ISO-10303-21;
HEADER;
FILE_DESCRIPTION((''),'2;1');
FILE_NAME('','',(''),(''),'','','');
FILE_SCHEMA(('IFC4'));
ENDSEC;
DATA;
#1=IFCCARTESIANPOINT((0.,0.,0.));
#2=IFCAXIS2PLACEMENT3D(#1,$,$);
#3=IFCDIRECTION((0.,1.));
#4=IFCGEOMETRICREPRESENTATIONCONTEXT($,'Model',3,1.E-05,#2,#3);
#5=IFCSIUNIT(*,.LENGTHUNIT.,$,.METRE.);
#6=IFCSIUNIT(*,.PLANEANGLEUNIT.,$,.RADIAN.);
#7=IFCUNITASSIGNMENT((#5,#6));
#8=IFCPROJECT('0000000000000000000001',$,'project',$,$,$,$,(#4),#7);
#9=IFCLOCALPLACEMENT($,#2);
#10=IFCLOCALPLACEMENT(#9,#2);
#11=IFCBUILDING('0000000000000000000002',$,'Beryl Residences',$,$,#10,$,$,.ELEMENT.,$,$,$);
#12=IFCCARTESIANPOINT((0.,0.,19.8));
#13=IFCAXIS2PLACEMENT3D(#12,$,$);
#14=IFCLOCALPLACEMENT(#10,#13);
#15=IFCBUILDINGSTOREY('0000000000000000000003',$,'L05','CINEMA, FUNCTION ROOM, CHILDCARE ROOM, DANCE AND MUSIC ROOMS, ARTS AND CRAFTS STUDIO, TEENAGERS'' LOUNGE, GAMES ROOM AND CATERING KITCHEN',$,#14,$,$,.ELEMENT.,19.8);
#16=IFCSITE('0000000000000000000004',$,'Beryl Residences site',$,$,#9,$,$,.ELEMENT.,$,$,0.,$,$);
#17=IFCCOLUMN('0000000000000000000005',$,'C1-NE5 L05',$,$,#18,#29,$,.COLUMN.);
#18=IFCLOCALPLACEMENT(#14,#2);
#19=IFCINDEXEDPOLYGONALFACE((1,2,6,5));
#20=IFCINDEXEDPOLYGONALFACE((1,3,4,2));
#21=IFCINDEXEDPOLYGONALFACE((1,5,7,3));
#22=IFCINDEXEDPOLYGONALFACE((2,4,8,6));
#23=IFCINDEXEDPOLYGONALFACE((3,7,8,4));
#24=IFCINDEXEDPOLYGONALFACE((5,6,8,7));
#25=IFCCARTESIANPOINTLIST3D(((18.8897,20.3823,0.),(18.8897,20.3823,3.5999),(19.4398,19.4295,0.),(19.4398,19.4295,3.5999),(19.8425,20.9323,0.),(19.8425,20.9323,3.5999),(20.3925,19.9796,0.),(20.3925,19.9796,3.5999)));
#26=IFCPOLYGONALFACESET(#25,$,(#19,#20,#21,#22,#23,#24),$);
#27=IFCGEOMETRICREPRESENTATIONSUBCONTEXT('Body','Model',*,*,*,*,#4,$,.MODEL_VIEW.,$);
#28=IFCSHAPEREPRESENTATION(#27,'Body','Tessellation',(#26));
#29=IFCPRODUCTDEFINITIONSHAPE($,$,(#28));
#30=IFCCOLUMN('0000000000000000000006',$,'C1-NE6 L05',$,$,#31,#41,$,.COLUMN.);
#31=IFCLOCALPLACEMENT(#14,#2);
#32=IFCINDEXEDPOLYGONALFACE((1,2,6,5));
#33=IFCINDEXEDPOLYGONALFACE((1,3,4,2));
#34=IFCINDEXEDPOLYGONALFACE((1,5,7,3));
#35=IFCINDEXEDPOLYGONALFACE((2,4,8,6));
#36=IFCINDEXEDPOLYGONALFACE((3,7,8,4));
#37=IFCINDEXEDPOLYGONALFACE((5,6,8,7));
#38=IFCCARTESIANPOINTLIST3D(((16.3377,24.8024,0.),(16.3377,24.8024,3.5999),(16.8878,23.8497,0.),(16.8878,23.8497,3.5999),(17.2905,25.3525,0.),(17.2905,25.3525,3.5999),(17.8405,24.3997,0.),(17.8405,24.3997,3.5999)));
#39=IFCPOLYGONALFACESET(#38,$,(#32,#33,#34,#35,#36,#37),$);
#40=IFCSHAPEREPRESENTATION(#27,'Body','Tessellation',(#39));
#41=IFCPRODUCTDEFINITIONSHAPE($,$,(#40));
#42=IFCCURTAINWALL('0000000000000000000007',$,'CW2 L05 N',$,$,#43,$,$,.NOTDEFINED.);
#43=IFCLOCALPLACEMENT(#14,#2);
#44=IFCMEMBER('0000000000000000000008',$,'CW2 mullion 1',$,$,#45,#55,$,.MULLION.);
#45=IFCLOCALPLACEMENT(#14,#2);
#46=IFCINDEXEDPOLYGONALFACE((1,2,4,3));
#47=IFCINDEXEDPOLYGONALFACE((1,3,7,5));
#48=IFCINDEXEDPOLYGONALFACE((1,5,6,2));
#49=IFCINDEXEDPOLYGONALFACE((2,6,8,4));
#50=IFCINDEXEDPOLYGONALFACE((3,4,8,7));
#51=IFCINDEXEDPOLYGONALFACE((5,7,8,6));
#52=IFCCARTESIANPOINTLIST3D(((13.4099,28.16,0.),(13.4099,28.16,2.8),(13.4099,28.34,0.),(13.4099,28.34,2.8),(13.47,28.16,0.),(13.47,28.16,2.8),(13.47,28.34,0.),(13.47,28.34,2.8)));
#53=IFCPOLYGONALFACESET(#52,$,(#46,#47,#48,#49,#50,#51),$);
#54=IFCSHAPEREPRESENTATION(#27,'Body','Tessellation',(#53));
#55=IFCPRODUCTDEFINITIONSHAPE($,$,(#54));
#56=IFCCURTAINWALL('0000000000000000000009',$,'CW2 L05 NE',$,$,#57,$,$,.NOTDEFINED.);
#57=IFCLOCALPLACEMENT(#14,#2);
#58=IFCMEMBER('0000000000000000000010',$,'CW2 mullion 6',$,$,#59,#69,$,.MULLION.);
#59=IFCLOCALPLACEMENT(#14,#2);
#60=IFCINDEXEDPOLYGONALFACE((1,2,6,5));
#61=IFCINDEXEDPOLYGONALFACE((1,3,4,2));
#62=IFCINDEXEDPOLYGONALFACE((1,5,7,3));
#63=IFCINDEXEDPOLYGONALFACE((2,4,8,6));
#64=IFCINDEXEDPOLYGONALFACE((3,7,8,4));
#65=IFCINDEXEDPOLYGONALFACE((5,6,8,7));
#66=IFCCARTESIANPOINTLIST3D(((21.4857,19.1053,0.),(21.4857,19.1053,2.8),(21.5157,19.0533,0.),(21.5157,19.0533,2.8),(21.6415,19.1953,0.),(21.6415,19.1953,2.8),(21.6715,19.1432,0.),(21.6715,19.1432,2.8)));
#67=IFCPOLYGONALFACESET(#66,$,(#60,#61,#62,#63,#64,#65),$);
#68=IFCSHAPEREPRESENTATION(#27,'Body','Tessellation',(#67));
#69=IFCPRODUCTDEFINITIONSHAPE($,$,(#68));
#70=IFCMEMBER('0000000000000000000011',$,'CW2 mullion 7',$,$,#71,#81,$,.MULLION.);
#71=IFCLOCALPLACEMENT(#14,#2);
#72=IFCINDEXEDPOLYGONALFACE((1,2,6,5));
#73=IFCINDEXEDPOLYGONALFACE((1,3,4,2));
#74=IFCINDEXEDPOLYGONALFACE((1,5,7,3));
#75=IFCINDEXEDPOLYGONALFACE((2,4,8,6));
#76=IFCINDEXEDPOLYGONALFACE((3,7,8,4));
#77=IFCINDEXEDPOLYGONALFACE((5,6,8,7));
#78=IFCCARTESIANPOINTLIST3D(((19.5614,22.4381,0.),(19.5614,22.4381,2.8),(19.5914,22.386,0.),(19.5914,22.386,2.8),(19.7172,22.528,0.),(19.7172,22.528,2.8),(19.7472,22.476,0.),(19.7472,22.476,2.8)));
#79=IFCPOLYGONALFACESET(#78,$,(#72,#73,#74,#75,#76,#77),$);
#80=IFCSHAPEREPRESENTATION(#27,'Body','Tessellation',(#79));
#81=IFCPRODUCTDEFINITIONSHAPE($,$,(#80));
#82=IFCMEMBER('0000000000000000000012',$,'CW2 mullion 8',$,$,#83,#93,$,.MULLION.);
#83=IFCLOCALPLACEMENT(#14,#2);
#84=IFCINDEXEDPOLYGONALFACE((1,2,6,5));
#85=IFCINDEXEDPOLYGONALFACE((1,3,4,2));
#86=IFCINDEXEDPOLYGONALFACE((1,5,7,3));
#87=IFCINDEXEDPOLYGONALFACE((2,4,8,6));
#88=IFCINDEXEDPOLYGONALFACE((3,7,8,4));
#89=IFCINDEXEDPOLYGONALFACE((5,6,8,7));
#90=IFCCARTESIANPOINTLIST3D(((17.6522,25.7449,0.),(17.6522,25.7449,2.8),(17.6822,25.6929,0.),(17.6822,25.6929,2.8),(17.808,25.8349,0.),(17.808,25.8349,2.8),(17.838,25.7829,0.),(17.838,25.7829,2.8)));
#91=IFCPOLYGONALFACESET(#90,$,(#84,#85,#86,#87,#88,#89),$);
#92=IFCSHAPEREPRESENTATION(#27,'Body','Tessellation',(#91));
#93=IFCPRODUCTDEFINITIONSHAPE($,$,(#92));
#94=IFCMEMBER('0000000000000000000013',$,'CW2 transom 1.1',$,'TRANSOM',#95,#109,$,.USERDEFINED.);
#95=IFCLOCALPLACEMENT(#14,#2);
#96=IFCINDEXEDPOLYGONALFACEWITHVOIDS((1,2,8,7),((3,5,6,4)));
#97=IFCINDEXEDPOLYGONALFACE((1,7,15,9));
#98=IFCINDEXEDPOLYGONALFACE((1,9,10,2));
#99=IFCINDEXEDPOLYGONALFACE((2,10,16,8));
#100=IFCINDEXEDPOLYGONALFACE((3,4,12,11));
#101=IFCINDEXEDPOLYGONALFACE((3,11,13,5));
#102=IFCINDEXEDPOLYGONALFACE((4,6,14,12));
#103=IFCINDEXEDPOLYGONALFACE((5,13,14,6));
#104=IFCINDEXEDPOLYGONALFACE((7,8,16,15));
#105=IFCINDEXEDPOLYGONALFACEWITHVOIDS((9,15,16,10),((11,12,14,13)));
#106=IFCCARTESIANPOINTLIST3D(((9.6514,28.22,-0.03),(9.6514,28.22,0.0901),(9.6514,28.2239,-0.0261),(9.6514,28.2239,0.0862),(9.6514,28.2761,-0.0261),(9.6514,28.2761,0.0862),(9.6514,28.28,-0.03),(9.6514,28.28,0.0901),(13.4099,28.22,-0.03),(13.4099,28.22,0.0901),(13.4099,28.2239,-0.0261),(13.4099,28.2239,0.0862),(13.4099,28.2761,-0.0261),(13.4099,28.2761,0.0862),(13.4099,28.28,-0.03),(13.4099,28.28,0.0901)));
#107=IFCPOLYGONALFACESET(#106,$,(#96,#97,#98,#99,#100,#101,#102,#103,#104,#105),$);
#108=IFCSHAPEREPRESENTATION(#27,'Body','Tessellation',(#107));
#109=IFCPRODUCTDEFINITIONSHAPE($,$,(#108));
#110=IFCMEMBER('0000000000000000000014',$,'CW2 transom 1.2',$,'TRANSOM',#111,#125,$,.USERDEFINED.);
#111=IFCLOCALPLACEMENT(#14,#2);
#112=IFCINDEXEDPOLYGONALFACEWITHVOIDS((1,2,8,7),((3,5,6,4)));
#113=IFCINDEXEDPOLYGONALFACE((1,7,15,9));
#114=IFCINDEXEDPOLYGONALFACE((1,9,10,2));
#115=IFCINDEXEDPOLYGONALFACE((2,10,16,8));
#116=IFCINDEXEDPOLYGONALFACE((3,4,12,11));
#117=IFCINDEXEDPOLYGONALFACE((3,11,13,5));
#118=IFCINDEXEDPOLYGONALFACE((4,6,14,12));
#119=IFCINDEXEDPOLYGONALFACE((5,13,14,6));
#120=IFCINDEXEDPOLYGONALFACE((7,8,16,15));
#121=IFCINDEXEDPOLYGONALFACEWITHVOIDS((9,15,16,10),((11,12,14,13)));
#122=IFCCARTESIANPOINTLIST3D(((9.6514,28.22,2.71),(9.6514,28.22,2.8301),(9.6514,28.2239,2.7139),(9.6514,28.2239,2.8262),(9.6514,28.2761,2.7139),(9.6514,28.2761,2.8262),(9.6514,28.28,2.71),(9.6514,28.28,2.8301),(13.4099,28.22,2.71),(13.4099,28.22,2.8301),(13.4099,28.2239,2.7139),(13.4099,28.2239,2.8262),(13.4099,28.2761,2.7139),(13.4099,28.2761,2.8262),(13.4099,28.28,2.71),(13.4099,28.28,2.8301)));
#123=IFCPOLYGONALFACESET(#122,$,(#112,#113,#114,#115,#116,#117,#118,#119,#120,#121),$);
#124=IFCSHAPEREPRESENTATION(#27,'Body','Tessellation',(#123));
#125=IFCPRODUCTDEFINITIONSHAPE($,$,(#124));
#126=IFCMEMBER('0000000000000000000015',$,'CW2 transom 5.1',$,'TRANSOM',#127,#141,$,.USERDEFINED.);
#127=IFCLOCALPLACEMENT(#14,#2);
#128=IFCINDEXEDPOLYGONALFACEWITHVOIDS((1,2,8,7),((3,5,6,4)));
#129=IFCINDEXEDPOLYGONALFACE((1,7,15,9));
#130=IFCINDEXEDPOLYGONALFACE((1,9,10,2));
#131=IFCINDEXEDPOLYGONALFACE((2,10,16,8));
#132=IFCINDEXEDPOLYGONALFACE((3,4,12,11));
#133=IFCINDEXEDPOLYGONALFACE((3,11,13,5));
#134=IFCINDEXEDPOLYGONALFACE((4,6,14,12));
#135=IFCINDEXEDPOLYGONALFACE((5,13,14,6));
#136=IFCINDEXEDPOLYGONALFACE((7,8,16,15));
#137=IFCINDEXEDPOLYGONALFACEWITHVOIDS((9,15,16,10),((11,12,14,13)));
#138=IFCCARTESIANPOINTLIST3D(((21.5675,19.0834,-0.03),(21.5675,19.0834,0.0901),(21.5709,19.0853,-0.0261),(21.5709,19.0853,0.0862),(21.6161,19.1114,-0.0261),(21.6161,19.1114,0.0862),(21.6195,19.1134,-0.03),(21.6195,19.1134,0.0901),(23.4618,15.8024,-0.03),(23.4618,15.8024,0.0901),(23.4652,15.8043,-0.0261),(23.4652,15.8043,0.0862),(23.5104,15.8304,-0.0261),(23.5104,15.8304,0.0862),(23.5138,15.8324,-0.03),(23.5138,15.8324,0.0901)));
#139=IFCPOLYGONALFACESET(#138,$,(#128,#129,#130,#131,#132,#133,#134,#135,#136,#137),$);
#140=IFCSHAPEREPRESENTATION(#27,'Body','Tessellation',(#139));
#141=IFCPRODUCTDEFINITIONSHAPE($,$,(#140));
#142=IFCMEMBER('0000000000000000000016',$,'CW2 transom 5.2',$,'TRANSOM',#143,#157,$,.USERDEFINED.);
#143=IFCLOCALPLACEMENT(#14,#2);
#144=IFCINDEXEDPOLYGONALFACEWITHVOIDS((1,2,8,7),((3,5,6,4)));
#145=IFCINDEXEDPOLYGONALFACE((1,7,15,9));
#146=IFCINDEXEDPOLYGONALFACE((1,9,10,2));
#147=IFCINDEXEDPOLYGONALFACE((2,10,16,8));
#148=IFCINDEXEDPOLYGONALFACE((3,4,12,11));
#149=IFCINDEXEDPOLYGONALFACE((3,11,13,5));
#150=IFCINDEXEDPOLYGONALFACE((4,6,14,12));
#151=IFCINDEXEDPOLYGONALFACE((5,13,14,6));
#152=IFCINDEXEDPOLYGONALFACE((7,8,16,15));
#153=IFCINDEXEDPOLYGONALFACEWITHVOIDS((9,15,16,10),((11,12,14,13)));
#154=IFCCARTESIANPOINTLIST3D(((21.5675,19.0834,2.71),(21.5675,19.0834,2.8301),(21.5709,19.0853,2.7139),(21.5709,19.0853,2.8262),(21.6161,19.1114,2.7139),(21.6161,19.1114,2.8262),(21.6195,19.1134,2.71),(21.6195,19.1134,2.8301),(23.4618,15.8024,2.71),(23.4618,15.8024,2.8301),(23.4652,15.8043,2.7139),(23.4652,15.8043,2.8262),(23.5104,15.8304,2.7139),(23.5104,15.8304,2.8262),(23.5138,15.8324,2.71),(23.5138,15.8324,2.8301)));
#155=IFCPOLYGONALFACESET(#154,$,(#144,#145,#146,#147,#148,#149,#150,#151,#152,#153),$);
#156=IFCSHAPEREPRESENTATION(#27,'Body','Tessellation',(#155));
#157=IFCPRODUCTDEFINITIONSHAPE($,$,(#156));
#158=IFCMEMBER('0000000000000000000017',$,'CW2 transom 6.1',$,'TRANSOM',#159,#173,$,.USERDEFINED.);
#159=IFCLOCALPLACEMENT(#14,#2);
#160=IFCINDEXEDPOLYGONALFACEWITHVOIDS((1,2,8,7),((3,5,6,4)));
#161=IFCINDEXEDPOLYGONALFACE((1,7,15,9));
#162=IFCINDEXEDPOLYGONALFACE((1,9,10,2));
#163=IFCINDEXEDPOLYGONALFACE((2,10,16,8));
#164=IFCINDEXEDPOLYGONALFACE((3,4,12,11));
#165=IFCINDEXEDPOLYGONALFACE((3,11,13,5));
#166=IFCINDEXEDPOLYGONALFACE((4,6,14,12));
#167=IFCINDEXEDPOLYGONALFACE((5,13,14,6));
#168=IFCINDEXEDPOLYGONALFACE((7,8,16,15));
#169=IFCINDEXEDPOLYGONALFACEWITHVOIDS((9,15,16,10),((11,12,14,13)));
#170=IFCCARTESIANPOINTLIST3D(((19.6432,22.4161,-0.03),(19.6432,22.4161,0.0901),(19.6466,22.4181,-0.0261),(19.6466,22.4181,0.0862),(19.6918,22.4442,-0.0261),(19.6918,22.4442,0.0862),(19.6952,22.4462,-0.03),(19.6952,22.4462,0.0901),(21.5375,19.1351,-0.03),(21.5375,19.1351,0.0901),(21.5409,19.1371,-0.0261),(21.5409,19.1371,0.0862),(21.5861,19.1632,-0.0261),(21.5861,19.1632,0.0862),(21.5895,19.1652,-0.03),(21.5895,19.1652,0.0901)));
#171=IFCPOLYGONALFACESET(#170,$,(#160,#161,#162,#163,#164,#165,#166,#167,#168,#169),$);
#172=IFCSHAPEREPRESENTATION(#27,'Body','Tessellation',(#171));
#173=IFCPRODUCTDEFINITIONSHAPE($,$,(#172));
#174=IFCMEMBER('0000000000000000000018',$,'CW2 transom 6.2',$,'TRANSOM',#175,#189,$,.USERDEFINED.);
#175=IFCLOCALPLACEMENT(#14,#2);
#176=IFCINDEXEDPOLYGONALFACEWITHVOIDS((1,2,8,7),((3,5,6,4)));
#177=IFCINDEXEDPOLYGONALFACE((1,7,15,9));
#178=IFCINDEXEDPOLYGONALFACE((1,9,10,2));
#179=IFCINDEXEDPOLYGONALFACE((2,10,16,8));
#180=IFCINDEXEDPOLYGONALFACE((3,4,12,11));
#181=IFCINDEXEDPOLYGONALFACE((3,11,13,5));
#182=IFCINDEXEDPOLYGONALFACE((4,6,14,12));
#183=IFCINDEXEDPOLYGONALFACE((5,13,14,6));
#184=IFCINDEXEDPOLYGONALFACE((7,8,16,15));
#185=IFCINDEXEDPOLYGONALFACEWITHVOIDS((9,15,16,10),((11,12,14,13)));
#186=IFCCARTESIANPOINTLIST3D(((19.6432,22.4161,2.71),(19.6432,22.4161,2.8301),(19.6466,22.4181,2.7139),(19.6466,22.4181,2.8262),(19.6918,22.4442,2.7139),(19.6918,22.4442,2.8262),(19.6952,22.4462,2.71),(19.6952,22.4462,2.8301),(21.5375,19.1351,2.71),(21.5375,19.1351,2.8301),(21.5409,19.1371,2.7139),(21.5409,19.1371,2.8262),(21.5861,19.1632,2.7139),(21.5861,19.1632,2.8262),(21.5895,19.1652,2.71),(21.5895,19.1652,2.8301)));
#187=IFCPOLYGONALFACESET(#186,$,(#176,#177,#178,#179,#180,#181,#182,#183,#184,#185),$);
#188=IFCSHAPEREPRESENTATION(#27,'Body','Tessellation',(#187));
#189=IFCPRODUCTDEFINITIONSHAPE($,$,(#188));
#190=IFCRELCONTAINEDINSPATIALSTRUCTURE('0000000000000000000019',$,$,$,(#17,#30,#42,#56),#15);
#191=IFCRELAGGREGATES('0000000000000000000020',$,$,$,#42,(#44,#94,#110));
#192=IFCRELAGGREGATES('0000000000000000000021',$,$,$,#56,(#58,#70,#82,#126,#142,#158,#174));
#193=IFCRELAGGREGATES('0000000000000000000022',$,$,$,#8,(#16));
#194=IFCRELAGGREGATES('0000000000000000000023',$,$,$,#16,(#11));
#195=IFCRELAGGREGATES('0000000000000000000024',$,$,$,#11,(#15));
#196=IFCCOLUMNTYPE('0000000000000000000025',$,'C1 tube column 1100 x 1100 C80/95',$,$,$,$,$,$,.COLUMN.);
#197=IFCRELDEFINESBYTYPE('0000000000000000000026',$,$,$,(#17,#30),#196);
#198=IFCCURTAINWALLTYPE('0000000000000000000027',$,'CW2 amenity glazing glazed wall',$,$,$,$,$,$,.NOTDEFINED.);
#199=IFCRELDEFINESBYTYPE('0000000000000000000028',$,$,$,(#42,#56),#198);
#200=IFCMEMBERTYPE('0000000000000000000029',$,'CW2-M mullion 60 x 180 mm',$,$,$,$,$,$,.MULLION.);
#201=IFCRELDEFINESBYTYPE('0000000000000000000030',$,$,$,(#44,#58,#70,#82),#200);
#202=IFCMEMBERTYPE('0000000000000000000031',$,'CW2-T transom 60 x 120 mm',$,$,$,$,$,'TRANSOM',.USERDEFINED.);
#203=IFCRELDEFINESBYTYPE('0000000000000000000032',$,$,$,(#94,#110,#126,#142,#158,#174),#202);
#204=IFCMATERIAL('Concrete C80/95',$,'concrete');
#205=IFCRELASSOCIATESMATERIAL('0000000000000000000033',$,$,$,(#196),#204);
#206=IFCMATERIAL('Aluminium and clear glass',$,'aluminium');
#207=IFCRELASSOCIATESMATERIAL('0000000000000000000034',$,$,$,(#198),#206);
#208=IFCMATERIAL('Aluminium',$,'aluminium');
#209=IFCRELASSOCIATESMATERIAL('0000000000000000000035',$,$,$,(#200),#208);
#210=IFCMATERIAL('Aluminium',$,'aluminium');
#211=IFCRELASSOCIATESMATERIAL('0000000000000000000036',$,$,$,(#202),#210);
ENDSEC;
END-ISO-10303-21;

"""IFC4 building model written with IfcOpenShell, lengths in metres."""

from ifc_helpers import new_model, si_unit, direction, frame, origin, origin_2d, place, context, subcontext, project, spatial, rectangle, hollow_rectangle, extrude, material, material_profile, profile_set, type_object, element, aggregate, save


model = new_model("IFC4")

# Units and contexts
model_context = context("Model", 3, precision=1e-05, world=origin(), true_north=direction((0.0, 1.0)))
body_context = subcontext(model_context, "Body", "Model", "MODEL_VIEW")
ifc_project = project(units=[si_unit("LENGTHUNIT", "METRE"), si_unit("PLANEANGLEUNIT", "RADIAN")], contexts=[model_context])

# Site, building, storey
site_placement = place(None, origin())
site = spatial("IfcSite", under=ifc_project, at=site_placement, Name="Beryl Residences site", CompositionType="ELEMENT", RefElevation=0.0)
building_placement = place(site_placement, origin())
building = spatial("IfcBuilding", under=site, at=building_placement, Name="Beryl Residences", CompositionType="ELEMENT")
storey_placement = place(building_placement, frame((0.0, 0.0, 19.8)))
storey = spatial("IfcBuildingStorey", under=building, at=storey_placement, Name="L05", Description="CINEMA, FUNCTION ROOM, CHILDCARE ROOM, DANCE AND MUSIC ROOMS, ARTS AND CRAFTS STUDIO, TEENAGERS' LOUNGE, GAMES ROOM AND CATERING KITCHEN", CompositionType="ELEMENT", Elevation=19.8)

# Columns
ifc_material_1 = material(Name="Concrete C80/95", Category="concrete")
ifc_material_profile_1 = material_profile(ifc_material_1, rectangle(XDim=1.1001, YDim=1.1001, at=origin_2d()))
ifc_profile_set_1 = profile_set([ifc_material_profile_1], Name="Concrete C80/95")
column_type = type_object("IfcColumnType", Name="C1 tube column 1100 x 1100 C80/95", PredefinedType="COLUMN", material=ifc_profile_set_1)
for number, where, z_axis, x_axis, name in (
    (1, (19.6411, 20.1809, 0.0), (0.0, 0.0, 1.0), (-0.499985, 0.866034, 0.0), "C1-NE5 L05"),
    (2, (17.0891, 24.6011, 0.0), (0.0, 0.0, 1.0), (-0.499985, 0.866034, 0.0), "C1-NE6 L05"),
):
    element("IfcColumn", number, at=place(storey_placement, frame(where, z_axis=z_axis, x_axis=x_axis)), inside=storey, type_object=column_type, Name=name, PredefinedType="COLUMN", context=body_context, shape_type="SweptSolid", body=[
        extrude(rectangle(XDim=1.1001, YDim=1.1001, at=origin_2d()), origin(), (0.0, 0.0, 1.0), 3.5999),
    ])

# Curtain wall, member
ifc_material_2 = material(Name="Aluminium and clear glass", Category="aluminium")
curtain_wall_type = type_object("IfcCurtainWallType", Name="CW2 amenity glazing glazed wall", PredefinedType="NOTDEFINED", material=ifc_material_2)
curtain_wall_1_placement = place(storey_placement, origin())
curtain_wall_1 = element("IfcCurtainWall", 3, at=curtain_wall_1_placement, inside=storey, type_object=curtain_wall_type, Name="CW2 L05 N", PredefinedType="NOTDEFINED")
ifc_material_3 = material(Name="Aluminium", Category="aluminium")
ifc_material_profile_2 = material_profile(ifc_material_3, rectangle(XDim=0.0601, YDim=0.1799, at=origin_2d()))
ifc_profile_set_2 = profile_set([ifc_material_profile_2], Name="Aluminium")
member_type_1 = type_object("IfcMemberType", Name="CW2-M mullion 60 x 180 mm", PredefinedType="MULLION", material=ifc_profile_set_2)
member_1_placement = place(storey_placement, frame((13.4399, 28.25, 0.0), z_axis=(0.0, 0.0, 1.0), x_axis=(-1.0, 0.0, 0.0)))
member_1 = element("IfcMember", 4, at=member_1_placement, type_object=member_type_1, Name="CW2 mullion 1", PredefinedType="MULLION", context=body_context, shape_type="SweptSolid", body=[
    extrude(rectangle(XDim=0.0601, YDim=0.1799, at=origin_2d()), origin(), (0.0, 0.0, 1.0), 2.8),
])

# Curtain wall, members
curtain_wall_2_placement = place(storey_placement, origin())
curtain_wall_2 = element("IfcCurtainWall", 5, at=curtain_wall_2_placement, inside=storey, type_object=curtain_wall_type, Name="CW2 L05 NE", PredefinedType="NOTDEFINED")
member_2_placement = place(storey_placement, frame((21.5786, 19.1243, 0.0), z_axis=(0.0, 0.0, 1.0), x_axis=(-0.500012, 0.866019, 0.0)))
member_2 = element("IfcMember", 6, at=member_2_placement, type_object=member_type_1, Name="CW2 mullion 6", PredefinedType="MULLION", context=body_context, shape_type="SweptSolid", body=[
    extrude(rectangle(XDim=0.0601, YDim=0.1799, at=origin_2d()), origin(), (0.0, 0.0, 1.0), 2.8),
])
member_3_placement = place(storey_placement, frame((19.6543, 22.457, 0.0), z_axis=(0.0, 0.0, 1.0), x_axis=(-0.500012, 0.866019, 0.0)))
member_3 = element("IfcMember", 7, at=member_3_placement, type_object=member_type_1, Name="CW2 mullion 7", PredefinedType="MULLION", context=body_context, shape_type="SweptSolid", body=[
    extrude(rectangle(XDim=0.0601, YDim=0.1799, at=origin_2d()), origin(), (0.0, 0.0, 1.0), 2.8),
])
member_4_placement = place(storey_placement, frame((17.7451, 25.7639, 0.0), z_axis=(0.0, 0.0, 1.0), x_axis=(-0.500012, 0.866019, 0.0)))
member_4 = element("IfcMember", 8, at=member_4_placement, type_object=member_type_1, Name="CW2 mullion 8", PredefinedType="MULLION", context=body_context, shape_type="SweptSolid", body=[
    extrude(rectangle(XDim=0.0601, YDim=0.1799, at=origin_2d()), origin(), (0.0, 0.0, 1.0), 2.8),
])

# Members
ifc_material_4 = material(Name="Aluminium", Category="aluminium")
ifc_material_profile_3 = material_profile(ifc_material_4, hollow_rectangle(XDim=0.0601, YDim=0.1201, WallThickness=0.0039, at=origin_2d()))
ifc_profile_set_3 = profile_set([ifc_material_profile_3], Name="Aluminium")
member_type_2 = type_object("IfcMemberType", Name="CW2-T transom 60 x 120 mm", ElementType="TRANSOM", PredefinedType="USERDEFINED", material=ifc_profile_set_3)
member_5_placement = place(storey_placement, frame((13.4099, 28.25, 0.03), z_axis=(-1.0, 0.0, 0.0), x_axis=(0.0, -1.0, 0.0)))
member_5 = element("IfcMember", 9, at=member_5_placement, type_object=member_type_2, Name="CW2 transom 1.1", ObjectType="TRANSOM", PredefinedType="USERDEFINED", context=body_context, shape_type="SweptSolid", body=[
    extrude(hollow_rectangle(XDim=0.0601, YDim=0.1201, WallThickness=0.0039, at=origin_2d()), origin(), (0.0, 0.0, 1.0), 3.7585),
])
member_6_placement = place(storey_placement, frame((13.4099, 28.25, 2.77), z_axis=(-1.0, 0.0, 0.0), x_axis=(0.0, -1.0, 0.0)))
member_6 = element("IfcMember", 10, at=member_6_placement, type_object=member_type_2, Name="CW2 transom 1.2", ObjectType="TRANSOM", PredefinedType="USERDEFINED", context=body_context, shape_type="SweptSolid", body=[
    extrude(hollow_rectangle(XDim=0.0601, YDim=0.1201, WallThickness=0.0039, at=origin_2d()), origin(), (0.0, 0.0, 1.0), 3.7585),
])
aggregate(curtain_wall_1, [member_1, member_5, member_6])
member_7_placement = place(storey_placement, frame((23.4878, 15.8174, 0.03), z_axis=(-0.5, 0.866026, 0.0), x_axis=(-0.866026, -0.5, 0.0)))
member_7 = element("IfcMember", 11, at=member_7_placement, type_object=member_type_2, Name="CW2 transom 5.1", ObjectType="TRANSOM", PredefinedType="USERDEFINED", context=body_context, shape_type="SweptSolid", body=[
    extrude(hollow_rectangle(XDim=0.0601, YDim=0.1201, WallThickness=0.0039, at=origin_2d()), origin(), (0.0, 0.0, 1.0), 3.7886),
])
member_8_placement = place(storey_placement, frame((23.4878, 15.8174, 2.77), z_axis=(-0.5, 0.866026, 0.0), x_axis=(-0.866026, -0.5, 0.0)))
member_8 = element("IfcMember", 12, at=member_8_placement, type_object=member_type_2, Name="CW2 transom 5.2", ObjectType="TRANSOM", PredefinedType="USERDEFINED", context=body_context, shape_type="SweptSolid", body=[
    extrude(hollow_rectangle(XDim=0.0601, YDim=0.1201, WallThickness=0.0039, at=origin_2d()), origin(), (0.0, 0.0, 1.0), 3.7886),
])
member_9_placement = place(storey_placement, frame((21.5635, 19.1501, 0.03), z_axis=(-0.5, 0.866026, 0.0), x_axis=(-0.866026, -0.5, 0.0)))
member_9 = element("IfcMember", 13, at=member_9_placement, type_object=member_type_2, Name="CW2 transom 6.1", ObjectType="TRANSOM", PredefinedType="USERDEFINED", context=body_context, shape_type="SweptSolid", body=[
    extrude(hollow_rectangle(XDim=0.0601, YDim=0.1201, WallThickness=0.0039, at=origin_2d()), origin(), (0.0, 0.0, 1.0), 3.7886),
])
member_10_placement = place(storey_placement, frame((21.5635, 19.1501, 2.77), z_axis=(-0.5, 0.866026, 0.0), x_axis=(-0.866026, -0.5, 0.0)))
member_10 = element("IfcMember", 14, at=member_10_placement, type_object=member_type_2, Name="CW2 transom 6.2", ObjectType="TRANSOM", PredefinedType="USERDEFINED", context=body_context, shape_type="SweptSolid", body=[
    extrude(hollow_rectangle(XDim=0.0601, YDim=0.1201, WallThickness=0.0039, at=origin_2d()), origin(), (0.0, 0.0, 1.0), 3.7886),
])

aggregate(curtain_wall_2, [member_2, member_3, member_4, member_7, member_8, member_9, member_10])

save(model, "model.ifc")
